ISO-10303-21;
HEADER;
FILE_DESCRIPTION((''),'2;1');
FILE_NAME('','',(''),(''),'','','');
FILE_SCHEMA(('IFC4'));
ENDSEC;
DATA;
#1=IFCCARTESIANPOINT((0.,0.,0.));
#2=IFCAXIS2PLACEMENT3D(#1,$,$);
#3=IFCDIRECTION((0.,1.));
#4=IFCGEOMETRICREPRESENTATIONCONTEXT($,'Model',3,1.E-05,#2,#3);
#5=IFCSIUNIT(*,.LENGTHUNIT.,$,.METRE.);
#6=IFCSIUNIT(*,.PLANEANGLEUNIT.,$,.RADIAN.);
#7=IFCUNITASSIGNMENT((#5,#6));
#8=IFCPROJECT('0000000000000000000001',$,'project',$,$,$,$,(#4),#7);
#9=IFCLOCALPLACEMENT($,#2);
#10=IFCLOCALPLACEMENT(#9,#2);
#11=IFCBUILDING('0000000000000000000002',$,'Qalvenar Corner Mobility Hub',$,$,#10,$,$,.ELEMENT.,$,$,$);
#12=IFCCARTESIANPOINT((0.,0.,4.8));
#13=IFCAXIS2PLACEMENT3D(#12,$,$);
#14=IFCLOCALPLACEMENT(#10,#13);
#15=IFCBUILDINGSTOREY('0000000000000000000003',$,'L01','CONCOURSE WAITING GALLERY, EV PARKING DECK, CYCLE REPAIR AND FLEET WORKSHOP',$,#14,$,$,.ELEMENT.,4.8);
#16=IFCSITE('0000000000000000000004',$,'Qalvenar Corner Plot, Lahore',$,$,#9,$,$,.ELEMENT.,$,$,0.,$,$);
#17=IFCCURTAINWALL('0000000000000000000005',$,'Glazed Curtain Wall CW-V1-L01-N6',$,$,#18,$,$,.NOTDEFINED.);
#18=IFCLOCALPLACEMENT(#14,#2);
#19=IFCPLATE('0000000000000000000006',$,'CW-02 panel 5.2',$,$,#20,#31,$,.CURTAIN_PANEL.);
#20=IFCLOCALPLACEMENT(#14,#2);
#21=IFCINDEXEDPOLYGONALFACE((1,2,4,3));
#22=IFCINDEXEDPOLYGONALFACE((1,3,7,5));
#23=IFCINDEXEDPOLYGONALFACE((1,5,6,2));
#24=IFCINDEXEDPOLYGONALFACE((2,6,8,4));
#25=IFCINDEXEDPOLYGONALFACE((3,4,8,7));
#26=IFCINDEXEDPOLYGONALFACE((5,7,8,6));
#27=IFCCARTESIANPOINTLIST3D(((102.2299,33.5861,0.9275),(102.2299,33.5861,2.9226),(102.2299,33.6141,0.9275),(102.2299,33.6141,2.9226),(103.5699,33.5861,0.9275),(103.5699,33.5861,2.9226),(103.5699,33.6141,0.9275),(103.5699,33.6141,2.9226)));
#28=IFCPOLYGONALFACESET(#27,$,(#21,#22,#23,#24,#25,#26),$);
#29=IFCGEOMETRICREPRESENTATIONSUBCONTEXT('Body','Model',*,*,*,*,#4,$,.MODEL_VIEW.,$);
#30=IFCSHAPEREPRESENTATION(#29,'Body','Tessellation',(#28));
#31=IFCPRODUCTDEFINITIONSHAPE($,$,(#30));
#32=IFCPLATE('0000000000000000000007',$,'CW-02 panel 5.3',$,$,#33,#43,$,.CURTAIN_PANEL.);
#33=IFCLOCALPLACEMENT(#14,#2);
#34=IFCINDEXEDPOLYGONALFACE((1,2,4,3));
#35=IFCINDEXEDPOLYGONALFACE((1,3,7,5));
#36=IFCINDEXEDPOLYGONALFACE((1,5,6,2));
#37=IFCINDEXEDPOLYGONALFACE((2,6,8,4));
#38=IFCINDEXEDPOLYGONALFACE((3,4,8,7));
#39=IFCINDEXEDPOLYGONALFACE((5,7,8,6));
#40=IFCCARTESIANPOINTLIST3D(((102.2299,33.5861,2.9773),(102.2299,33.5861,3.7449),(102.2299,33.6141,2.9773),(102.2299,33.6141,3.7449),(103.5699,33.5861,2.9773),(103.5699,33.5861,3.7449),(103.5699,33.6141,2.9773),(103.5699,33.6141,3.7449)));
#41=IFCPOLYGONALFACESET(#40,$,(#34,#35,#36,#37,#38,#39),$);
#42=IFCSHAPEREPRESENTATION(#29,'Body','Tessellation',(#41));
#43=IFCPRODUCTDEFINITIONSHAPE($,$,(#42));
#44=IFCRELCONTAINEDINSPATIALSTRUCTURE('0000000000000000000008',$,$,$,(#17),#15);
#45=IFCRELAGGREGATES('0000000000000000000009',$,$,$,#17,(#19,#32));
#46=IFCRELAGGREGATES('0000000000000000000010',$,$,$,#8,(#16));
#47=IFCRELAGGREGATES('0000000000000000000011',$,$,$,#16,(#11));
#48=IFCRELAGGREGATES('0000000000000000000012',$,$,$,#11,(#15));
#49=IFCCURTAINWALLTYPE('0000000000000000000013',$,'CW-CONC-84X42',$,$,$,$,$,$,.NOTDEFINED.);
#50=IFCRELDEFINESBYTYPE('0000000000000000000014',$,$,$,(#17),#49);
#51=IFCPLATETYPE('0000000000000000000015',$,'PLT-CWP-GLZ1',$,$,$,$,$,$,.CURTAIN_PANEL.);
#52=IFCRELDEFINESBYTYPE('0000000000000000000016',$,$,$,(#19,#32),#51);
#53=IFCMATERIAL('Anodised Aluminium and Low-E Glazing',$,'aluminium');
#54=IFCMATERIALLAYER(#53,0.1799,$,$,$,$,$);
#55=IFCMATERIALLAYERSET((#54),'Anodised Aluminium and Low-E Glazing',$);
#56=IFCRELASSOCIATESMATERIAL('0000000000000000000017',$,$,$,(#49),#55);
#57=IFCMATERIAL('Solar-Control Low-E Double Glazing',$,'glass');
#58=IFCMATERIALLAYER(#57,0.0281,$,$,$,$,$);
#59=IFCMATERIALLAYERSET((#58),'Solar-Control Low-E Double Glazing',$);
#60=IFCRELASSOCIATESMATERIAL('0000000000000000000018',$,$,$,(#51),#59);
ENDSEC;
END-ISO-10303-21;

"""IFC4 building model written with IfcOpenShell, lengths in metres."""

from ifc_helpers import new_model, si_unit, direction, frame, origin, origin_2d, place, context, subcontext, project, spatial, rectangle, extrude, material, layer, layer_set, type_object, element, aggregate, save


model = new_model("IFC4")

# Units and contexts
model_context = context("Model", 3, precision=1e-05, world=origin(), true_north=direction((0.0, 1.0)))
body_context = subcontext(model_context, "Body", "Model", "MODEL_VIEW")
ifc_project = project(units=[si_unit("LENGTHUNIT", "METRE"), si_unit("PLANEANGLEUNIT", "RADIAN")], contexts=[model_context])

# Site, building, storey
site_placement = place(None, origin())
site = spatial("IfcSite", under=ifc_project, at=site_placement, Name="Qalvenar Corner Plot, Lahore", CompositionType="ELEMENT", RefElevation=0.0)
building_placement = place(site_placement, origin())
building = spatial("IfcBuilding", under=site, at=building_placement, Name="Qalvenar Corner Mobility Hub", CompositionType="ELEMENT")
storey_placement = place(building_placement, frame((0.0, 0.0, 4.8)))
storey = spatial("IfcBuildingStorey", under=building, at=storey_placement, Name="L01", Description="CONCOURSE WAITING GALLERY, EV PARKING DECK, CYCLE REPAIR AND FLEET WORKSHOP", CompositionType="ELEMENT", Elevation=4.8)

# Curtain wall, plates
ifc_material_1 = material(Name="Anodised Aluminium and Low-E Glazing", Category="aluminium")
ifc_layer_1 = layer(ifc_material_1, 0.1799)
ifc_layer_set_1 = layer_set([ifc_layer_1], Name="Anodised Aluminium and Low-E Glazing")
curtain_wall_type = type_object("IfcCurtainWallType", Name="CW-CONC-84X42", PredefinedType="NOTDEFINED", material=ifc_layer_set_1)
curtain_wall_placement = place(storey_placement, origin())
curtain_wall = element("IfcCurtainWall", 1, at=curtain_wall_placement, inside=storey, type_object=curtain_wall_type, Name="Glazed Curtain Wall CW-V1-L01-N6", PredefinedType="NOTDEFINED")
ifc_material_2 = material(Name="Solar-Control Low-E Double Glazing", Category="glass")
ifc_layer_2 = layer(ifc_material_2, 0.0281)
ifc_layer_set_2 = layer_set([ifc_layer_2], Name="Solar-Control Low-E Double Glazing")
plate_type = type_object("IfcPlateType", Name="PLT-CWP-GLZ1", PredefinedType="CURTAIN_PANEL", material=ifc_layer_set_2)
plate_1_placement = place(storey_placement, frame((102.8999, 33.6001, 0.9275), z_axis=(0.0, 0.0, 1.0), x_axis=(-1.0, 0.0, 0.0)))
plate_1 = element("IfcPlate", 2, at=plate_1_placement, type_object=plate_type, Name="CW-02 panel 5.2", PredefinedType="CURTAIN_PANEL", context=body_context, shape_type="SweptSolid", body=[
    extrude(rectangle(XDim=1.3401, YDim=0.0281, at=origin_2d()), origin(), (0.0, 0.0, 1.0), 1.9951),
])
plate_2_placement = place(storey_placement, frame((102.8999, 33.6001, 2.9773), z_axis=(0.0, 0.0, 1.0), x_axis=(-1.0, 0.0, 0.0)))
plate_2 = element("IfcPlate", 3, at=plate_2_placement, type_object=plate_type, Name="CW-02 panel 5.3", PredefinedType="CURTAIN_PANEL", context=body_context, shape_type="SweptSolid", body=[
    extrude(rectangle(XDim=1.3401, YDim=0.0281, at=origin_2d()), origin(), (0.0, 0.0, 1.0), 0.7676),
])
aggregate(curtain_wall, [plate_1, plate_2])

save(model, "model.ifc")
